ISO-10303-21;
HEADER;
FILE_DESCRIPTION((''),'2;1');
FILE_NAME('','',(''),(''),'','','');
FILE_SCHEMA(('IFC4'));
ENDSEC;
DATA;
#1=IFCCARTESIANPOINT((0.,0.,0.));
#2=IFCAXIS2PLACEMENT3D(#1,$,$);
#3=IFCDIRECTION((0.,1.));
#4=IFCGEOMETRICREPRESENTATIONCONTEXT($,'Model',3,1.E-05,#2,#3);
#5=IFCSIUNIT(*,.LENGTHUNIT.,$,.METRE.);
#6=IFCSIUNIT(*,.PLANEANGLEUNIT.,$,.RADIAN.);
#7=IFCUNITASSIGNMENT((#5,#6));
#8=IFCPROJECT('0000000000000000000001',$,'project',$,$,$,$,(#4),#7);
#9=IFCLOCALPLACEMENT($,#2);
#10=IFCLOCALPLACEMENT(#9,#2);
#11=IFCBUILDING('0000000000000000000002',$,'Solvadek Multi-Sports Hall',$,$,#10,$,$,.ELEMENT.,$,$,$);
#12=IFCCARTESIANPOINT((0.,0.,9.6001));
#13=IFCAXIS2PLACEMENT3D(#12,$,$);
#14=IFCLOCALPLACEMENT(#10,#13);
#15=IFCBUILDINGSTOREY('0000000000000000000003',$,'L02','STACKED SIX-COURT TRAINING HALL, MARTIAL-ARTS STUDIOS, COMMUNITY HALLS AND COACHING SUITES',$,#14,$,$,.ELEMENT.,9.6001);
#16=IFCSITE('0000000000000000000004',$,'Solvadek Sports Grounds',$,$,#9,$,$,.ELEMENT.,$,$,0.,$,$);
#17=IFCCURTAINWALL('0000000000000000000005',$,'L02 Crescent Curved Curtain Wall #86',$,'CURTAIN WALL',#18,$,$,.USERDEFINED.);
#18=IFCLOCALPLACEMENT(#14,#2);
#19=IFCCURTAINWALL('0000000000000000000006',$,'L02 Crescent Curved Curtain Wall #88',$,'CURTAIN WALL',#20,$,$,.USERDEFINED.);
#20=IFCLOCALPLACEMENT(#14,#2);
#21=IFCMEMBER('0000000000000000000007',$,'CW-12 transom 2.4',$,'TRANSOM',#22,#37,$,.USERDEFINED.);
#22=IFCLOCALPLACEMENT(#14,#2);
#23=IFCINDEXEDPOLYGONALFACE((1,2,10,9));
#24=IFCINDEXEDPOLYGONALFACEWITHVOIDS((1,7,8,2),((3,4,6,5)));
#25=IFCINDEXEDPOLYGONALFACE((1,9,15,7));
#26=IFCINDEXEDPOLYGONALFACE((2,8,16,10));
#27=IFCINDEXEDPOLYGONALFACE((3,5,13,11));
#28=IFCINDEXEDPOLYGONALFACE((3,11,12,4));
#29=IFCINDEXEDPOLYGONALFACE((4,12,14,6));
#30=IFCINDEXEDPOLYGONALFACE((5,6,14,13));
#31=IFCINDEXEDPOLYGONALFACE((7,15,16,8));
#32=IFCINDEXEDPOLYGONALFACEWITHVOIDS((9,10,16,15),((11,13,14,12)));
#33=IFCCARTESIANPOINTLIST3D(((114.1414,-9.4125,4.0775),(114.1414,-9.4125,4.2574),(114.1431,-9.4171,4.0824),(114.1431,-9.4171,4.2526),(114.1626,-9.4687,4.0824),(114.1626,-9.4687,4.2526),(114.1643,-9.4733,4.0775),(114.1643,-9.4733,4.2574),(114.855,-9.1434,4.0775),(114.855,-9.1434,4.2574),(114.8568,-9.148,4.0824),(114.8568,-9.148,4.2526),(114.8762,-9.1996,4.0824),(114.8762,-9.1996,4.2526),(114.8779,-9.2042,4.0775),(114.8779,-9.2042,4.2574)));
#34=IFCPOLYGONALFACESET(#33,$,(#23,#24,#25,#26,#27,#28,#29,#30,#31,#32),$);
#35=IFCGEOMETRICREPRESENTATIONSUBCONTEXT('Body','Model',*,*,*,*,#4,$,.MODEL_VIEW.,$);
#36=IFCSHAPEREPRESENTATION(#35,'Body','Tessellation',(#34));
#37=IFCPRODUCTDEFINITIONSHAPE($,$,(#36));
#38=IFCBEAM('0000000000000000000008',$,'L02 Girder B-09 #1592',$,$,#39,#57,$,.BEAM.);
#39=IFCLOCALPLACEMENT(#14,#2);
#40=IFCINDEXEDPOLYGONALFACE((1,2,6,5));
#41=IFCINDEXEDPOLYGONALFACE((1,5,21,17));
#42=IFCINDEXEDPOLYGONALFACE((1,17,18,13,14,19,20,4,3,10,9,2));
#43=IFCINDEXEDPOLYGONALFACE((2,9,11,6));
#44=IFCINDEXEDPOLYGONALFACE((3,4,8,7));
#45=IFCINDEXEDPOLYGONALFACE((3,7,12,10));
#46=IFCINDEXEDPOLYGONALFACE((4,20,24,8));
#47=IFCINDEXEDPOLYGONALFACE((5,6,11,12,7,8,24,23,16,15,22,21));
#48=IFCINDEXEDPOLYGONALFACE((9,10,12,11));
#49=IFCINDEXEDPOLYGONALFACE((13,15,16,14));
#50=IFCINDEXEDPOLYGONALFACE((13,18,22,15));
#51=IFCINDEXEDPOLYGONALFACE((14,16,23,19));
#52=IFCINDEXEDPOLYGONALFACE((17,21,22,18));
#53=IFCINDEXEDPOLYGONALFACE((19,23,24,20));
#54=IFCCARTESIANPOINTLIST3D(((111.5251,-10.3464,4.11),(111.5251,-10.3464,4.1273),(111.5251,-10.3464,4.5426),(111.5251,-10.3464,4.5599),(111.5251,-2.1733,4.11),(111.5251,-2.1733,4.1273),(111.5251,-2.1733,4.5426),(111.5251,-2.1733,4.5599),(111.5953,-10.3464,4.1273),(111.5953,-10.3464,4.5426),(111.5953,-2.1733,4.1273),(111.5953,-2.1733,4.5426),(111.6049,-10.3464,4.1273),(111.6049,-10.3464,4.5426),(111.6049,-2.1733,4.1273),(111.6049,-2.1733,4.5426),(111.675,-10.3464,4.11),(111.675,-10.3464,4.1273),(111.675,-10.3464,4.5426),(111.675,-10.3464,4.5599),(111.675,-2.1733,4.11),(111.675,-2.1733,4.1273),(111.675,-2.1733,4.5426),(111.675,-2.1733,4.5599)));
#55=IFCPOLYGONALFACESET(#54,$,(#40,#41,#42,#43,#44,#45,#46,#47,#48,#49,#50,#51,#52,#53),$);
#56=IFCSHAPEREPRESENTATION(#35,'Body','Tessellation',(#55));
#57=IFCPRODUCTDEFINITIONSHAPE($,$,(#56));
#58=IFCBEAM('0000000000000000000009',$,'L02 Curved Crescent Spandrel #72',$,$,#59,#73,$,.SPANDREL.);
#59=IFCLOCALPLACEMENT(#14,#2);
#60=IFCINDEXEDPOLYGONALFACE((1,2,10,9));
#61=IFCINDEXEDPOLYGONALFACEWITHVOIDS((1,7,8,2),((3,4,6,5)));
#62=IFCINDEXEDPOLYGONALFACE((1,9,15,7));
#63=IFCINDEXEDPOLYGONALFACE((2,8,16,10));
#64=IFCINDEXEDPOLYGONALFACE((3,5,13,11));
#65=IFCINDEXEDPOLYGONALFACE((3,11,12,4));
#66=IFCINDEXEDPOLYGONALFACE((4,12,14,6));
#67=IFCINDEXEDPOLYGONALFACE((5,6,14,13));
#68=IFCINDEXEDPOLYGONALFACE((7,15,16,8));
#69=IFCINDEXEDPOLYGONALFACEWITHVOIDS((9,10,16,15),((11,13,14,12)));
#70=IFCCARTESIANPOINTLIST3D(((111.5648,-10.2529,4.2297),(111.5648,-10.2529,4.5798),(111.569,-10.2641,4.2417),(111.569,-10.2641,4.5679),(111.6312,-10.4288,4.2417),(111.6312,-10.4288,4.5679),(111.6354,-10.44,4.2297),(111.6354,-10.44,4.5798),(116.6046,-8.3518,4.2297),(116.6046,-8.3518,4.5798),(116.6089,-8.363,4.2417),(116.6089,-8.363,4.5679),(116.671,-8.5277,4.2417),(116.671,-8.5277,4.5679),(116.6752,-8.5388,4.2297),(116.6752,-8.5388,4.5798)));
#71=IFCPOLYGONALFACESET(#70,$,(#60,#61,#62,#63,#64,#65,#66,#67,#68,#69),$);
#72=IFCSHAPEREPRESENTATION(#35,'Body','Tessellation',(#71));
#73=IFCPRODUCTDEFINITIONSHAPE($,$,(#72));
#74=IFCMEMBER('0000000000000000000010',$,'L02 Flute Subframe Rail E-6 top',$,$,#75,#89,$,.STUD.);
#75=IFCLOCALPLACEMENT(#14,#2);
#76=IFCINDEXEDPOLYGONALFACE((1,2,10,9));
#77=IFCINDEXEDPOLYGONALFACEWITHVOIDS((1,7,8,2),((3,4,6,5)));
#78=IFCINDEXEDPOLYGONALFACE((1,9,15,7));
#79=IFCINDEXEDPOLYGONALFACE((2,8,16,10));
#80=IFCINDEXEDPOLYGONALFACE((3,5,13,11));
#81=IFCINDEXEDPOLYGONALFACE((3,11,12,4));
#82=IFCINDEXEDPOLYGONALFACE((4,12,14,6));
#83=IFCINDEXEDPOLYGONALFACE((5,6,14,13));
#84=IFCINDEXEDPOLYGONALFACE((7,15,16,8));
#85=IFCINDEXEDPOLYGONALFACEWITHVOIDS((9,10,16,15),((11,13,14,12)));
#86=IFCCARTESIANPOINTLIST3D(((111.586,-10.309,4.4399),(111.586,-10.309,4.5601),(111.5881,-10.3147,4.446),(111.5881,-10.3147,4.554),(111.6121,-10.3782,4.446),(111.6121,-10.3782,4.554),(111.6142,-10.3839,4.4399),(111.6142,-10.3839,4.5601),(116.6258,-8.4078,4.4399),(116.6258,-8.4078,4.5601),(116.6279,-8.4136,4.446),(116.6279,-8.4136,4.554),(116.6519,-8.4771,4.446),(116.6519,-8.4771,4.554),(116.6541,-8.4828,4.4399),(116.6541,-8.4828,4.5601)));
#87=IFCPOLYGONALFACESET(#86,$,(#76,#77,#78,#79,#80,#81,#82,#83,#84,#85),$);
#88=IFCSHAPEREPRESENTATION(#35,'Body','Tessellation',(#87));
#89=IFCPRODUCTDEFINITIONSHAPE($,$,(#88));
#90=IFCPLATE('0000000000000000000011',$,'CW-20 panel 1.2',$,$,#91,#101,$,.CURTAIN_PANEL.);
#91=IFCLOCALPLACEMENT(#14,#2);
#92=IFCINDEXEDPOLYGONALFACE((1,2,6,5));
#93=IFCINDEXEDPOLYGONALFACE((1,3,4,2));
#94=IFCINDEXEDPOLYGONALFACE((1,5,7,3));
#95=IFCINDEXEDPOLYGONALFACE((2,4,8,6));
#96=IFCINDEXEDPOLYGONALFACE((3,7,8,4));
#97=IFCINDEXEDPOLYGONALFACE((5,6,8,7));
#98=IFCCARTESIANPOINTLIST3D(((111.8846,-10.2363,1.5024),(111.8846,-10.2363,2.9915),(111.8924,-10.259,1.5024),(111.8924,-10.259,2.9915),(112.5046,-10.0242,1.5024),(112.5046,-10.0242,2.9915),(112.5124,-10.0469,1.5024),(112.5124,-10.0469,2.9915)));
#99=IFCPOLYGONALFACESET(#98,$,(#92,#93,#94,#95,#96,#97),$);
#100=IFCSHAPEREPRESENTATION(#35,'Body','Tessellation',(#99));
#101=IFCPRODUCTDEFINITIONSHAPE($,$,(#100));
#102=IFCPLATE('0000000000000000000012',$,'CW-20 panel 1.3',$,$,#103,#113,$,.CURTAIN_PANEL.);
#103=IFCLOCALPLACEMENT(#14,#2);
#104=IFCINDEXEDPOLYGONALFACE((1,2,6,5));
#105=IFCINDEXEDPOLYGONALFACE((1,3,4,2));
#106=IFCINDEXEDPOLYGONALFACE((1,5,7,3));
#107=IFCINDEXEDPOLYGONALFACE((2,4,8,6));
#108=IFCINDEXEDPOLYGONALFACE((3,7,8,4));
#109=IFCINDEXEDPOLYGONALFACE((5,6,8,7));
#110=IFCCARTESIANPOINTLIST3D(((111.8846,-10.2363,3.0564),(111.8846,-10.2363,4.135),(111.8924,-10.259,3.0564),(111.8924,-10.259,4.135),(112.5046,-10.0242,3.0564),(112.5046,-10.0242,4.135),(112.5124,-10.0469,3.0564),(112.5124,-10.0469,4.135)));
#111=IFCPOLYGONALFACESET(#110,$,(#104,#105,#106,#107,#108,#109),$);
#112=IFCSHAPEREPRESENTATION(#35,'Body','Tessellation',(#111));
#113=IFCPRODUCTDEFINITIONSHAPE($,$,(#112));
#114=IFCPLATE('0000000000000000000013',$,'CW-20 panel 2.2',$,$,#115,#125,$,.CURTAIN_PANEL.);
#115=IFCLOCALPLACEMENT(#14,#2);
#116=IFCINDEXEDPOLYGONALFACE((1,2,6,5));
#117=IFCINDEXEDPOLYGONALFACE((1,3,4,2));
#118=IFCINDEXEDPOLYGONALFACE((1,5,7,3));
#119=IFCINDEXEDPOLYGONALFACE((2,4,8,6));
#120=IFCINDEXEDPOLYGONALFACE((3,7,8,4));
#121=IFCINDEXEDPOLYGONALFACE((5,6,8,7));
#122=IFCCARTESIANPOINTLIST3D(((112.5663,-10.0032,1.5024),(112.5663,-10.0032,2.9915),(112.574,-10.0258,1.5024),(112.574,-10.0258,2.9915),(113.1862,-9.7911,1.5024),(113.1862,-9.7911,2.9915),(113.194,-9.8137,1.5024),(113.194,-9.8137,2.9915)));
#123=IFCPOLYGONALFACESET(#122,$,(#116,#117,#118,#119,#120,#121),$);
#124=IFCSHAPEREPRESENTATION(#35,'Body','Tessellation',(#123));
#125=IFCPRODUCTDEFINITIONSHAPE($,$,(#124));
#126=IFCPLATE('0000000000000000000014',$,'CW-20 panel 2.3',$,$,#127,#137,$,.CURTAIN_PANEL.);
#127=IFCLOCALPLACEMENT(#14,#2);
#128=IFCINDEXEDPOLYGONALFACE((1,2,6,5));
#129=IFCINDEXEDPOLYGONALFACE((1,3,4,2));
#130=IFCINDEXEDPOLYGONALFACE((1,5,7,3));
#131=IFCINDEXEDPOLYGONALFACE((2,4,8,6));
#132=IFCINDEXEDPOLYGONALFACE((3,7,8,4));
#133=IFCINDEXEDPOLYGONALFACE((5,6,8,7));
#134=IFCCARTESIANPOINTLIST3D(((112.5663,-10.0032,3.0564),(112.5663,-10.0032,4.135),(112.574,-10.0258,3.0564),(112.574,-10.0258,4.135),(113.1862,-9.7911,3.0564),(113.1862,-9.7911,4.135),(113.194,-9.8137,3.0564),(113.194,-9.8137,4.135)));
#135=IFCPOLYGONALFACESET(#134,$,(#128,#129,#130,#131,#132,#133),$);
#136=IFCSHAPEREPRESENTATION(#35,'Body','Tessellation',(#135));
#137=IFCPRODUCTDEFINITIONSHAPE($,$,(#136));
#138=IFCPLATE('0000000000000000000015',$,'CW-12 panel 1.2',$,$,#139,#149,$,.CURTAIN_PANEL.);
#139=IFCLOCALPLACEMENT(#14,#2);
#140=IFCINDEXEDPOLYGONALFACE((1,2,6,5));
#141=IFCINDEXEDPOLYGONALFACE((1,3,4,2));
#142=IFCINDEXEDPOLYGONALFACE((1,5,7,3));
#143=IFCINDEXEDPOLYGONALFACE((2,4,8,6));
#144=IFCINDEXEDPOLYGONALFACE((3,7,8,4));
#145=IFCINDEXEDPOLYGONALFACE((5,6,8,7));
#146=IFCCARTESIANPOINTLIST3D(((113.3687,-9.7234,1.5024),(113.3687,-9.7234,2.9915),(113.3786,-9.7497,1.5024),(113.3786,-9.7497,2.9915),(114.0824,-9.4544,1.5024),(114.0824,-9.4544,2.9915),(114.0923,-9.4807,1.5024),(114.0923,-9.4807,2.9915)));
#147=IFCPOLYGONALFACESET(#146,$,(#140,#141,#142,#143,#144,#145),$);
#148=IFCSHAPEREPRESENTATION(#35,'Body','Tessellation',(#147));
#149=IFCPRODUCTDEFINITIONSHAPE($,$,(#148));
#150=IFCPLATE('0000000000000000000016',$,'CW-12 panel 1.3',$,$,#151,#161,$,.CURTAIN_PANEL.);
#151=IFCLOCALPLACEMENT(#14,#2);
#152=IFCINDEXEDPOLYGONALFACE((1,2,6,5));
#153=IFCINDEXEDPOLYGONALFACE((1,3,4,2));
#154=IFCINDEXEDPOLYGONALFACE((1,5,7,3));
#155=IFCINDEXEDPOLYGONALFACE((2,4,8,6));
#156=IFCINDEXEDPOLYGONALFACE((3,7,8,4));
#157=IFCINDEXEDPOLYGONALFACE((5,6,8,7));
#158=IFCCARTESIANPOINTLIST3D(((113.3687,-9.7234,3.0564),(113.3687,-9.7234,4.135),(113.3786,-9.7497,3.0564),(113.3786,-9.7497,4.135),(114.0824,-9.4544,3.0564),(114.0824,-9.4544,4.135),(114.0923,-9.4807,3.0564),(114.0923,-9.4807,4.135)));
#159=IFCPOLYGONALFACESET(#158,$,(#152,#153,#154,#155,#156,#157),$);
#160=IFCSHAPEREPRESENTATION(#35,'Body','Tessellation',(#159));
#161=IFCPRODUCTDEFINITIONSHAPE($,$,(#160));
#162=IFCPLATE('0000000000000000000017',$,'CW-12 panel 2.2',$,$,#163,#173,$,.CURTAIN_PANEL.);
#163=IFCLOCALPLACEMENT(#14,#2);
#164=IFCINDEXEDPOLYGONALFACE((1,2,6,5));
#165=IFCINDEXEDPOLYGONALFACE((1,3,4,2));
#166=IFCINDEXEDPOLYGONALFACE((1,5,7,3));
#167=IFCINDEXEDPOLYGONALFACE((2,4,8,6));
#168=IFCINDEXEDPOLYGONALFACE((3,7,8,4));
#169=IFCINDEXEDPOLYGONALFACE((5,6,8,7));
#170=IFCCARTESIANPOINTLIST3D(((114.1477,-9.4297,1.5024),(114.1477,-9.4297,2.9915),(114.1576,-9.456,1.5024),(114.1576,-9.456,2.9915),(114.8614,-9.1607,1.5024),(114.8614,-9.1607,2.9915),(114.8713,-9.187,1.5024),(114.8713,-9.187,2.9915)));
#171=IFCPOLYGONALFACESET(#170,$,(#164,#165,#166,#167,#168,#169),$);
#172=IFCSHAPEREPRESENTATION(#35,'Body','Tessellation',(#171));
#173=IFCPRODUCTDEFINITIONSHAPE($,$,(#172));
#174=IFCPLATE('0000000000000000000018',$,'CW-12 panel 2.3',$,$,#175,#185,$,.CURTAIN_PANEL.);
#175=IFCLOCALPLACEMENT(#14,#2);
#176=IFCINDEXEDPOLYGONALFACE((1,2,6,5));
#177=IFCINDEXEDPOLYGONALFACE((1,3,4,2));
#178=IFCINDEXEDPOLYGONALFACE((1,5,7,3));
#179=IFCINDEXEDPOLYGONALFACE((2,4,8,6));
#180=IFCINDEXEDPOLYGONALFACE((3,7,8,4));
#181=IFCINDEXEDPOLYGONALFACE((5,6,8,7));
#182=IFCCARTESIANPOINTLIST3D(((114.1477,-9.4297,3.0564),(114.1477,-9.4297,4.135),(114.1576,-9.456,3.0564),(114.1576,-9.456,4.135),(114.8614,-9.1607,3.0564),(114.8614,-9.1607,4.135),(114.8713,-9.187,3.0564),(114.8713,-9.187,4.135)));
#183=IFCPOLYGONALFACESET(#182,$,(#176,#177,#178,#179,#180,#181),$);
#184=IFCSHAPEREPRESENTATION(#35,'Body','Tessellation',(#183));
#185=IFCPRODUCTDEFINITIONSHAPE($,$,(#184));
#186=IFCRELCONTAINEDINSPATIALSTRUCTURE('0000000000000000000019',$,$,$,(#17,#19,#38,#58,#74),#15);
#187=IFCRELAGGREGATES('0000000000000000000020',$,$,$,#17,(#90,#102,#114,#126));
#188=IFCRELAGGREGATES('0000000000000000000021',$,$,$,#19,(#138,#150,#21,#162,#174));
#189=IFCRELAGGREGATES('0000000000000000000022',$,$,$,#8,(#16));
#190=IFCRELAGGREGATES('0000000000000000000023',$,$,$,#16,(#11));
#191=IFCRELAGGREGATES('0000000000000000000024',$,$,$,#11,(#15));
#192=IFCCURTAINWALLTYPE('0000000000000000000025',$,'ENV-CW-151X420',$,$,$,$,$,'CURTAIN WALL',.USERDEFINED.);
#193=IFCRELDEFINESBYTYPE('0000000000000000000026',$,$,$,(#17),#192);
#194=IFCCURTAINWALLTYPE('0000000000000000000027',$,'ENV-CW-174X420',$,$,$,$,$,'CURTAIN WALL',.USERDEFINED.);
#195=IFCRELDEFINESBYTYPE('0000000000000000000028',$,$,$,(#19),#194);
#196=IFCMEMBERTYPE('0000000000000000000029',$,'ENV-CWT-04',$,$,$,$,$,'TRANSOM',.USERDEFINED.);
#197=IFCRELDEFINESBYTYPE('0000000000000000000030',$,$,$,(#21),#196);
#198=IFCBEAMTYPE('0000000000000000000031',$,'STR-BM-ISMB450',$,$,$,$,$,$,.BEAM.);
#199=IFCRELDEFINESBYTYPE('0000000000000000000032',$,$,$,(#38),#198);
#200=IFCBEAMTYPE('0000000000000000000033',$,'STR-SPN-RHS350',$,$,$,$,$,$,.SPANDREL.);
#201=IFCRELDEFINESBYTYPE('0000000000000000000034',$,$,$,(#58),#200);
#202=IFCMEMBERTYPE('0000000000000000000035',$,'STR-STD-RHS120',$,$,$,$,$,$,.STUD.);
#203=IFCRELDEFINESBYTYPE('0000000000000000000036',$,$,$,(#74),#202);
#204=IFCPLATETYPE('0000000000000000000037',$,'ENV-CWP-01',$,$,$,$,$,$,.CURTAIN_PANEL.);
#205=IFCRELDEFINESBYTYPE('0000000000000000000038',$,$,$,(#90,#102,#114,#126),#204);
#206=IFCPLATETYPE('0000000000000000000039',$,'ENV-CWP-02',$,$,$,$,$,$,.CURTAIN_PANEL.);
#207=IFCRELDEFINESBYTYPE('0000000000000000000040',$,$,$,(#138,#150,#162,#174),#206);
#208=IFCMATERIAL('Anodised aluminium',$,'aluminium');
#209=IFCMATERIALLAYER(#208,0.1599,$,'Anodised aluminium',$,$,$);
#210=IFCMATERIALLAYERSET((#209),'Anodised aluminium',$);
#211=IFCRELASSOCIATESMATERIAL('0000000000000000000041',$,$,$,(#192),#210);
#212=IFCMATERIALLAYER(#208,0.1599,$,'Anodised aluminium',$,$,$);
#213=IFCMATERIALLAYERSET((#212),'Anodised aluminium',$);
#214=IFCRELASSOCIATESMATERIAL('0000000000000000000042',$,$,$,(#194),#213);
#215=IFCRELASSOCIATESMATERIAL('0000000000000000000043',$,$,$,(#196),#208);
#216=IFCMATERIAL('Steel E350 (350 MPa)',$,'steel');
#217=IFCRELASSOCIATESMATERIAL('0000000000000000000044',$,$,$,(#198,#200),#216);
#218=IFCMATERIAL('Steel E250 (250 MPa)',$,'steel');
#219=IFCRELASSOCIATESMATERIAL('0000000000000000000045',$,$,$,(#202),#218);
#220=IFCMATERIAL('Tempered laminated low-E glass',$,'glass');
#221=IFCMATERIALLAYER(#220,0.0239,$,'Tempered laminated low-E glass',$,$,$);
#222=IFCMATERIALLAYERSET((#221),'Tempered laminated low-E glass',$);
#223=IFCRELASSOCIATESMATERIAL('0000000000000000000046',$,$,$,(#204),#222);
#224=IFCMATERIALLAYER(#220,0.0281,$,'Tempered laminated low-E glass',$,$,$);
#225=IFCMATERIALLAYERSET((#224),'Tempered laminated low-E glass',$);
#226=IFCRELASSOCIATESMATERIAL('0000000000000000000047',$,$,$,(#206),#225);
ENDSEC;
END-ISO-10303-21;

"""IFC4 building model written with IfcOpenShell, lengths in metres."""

from ifc_helpers import new_model, si_unit, direction, frame, origin, origin_2d, place, context, subcontext, project, spatial, rectangle, hollow_rectangle, i_section, extrude, material, layer, layer_set, material_profile, profile_set, type_object, element, aggregate, save


model = new_model("IFC4")

# Units and contexts
model_context = context("Model", 3, precision=1e-05, world=origin(), true_north=direction((0.0, 1.0)))
body_context = subcontext(model_context, "Body", "Model", "MODEL_VIEW")
ifc_project = project(units=[si_unit("LENGTHUNIT", "METRE"), si_unit("PLANEANGLEUNIT", "RADIAN")], contexts=[model_context])

# Site, building, storey
site_placement = place(None, origin())
site = spatial("IfcSite", under=ifc_project, at=site_placement, Name="Solvadek Sports Grounds", CompositionType="ELEMENT", RefElevation=0.0)
building_placement = place(site_placement, origin())
building = spatial("IfcBuilding", under=site, at=building_placement, Name="Solvadek Multi-Sports Hall", CompositionType="ELEMENT")
storey_placement = place(building_placement, frame((0.0, 0.0, 9.6001)))
storey = spatial("IfcBuildingStorey", under=building, at=storey_placement, Name="L02", Description="STACKED SIX-COURT TRAINING HALL, MARTIAL-ARTS STUDIOS, COMMUNITY HALLS AND COACHING SUITES", CompositionType="ELEMENT", Elevation=9.6001)

# Curtain walls, member
ifc_material_1 = material(Name="Anodised aluminium", Category="aluminium")
ifc_layer_1 = layer(ifc_material_1, 0.1599, Name="Anodised aluminium")
ifc_layer_set_1 = layer_set([ifc_layer_1], Name="Anodised aluminium")
curtain_wall_type_1 = type_object("IfcCurtainWallType", Name="ENV-CW-151X420", ElementType="CURTAIN WALL", PredefinedType="USERDEFINED", material=ifc_layer_set_1)
curtain_wall_1_placement = place(storey_placement, origin())
curtain_wall_1 = element("IfcCurtainWall", 1, at=curtain_wall_1_placement, inside=storey, type_object=curtain_wall_type_1, Name="L02 Crescent Curved Curtain Wall #86", ObjectType="CURTAIN WALL", PredefinedType="USERDEFINED")
ifc_layer_2 = layer(ifc_material_1, 0.1599, Name="Anodised aluminium")
ifc_layer_set_2 = layer_set([ifc_layer_2], Name="Anodised aluminium")
curtain_wall_type_2 = type_object("IfcCurtainWallType", Name="ENV-CW-174X420", ElementType="CURTAIN WALL", PredefinedType="USERDEFINED", material=ifc_layer_set_2)
curtain_wall_2_placement = place(storey_placement, origin())
curtain_wall_2 = element("IfcCurtainWall", 2, at=curtain_wall_2_placement, inside=storey, type_object=curtain_wall_type_2, Name="L02 Crescent Curved Curtain Wall #88", ObjectType="CURTAIN WALL", PredefinedType="USERDEFINED")
ifc_material_profile_1 = material_profile(ifc_material_1, hollow_rectangle(XDim=0.0649, YDim=0.1799, WallThickness=0.0049, at=origin_2d()), Name="ALU-T 180x65x5")
ifc_profile_set_1 = profile_set([ifc_material_profile_1], Name="Anodised aluminium")
member_type_1 = type_object("IfcMemberType", Name="ENV-CWT-04", ElementType="TRANSOM", PredefinedType="USERDEFINED", material=ifc_profile_set_1)
member_1_placement = place(storey_placement, frame((114.1528, -9.4429, 4.1675), z_axis=(0.935709, 0.352772, 0.0), x_axis=(-0.352772, 0.935709, 0.0)))
member_1 = element("IfcMember", 3, at=member_1_placement, type_object=member_type_1, Name="CW-12 transom 2.4", ObjectType="TRANSOM", PredefinedType="USERDEFINED", context=body_context, shape_type="SweptSolid", body=[
    extrude(hollow_rectangle(XDim=0.0649, YDim=0.1799, WallThickness=0.0049, at=origin_2d()), origin(), (0.0, 0.0, 1.0), 0.7627),
])

# Beams
ifc_material_2 = material(Name="Steel E350 (350 MPa)", Category="steel")
ifc_material_profile_2 = material_profile(ifc_material_2, i_section(OverallWidth=0.1499, OverallDepth=0.45, WebThickness=0.0095, FlangeThickness=0.0173, at=origin_2d()), Name="ISMB 450")
ifc_profile_set_2 = profile_set([ifc_material_profile_2], Name="Steel E350 (350 MPa)")
beam_type_1 = type_object("IfcBeamType", Name="STR-BM-ISMB450", PredefinedType="BEAM", material=ifc_profile_set_2)
beam_1_placement = place(storey_placement, frame((111.6001, -10.3464, 4.335), z_axis=(0.0, 1.0, 0.0), x_axis=(-1.0, 0.0, 0.0)))
element("IfcBeam", 4, at=beam_1_placement, inside=storey, type_object=beam_type_1, Name="L02 Girder B-09 #1592", PredefinedType="BEAM", context=body_context, shape_type="SweptSolid", body=[
    extrude(i_section(OverallWidth=0.1499, OverallDepth=0.45, WebThickness=0.0095, FlangeThickness=0.0173, at=origin_2d()), origin(), (0.0, 0.0, 1.0), 8.1731),
])
ifc_material_profile_3 = material_profile(ifc_material_2, hollow_rectangle(XDim=0.2, YDim=0.3501, WallThickness=0.012, at=origin_2d()), Name="RHS 350x200x12")
ifc_profile_set_3 = profile_set([ifc_material_profile_3], Name="Steel E350 (350 MPa)")
beam_type_2 = type_object("IfcBeamType", Name="STR-SPN-RHS350", PredefinedType="SPANDREL", material=ifc_profile_set_3)
beam_2_placement = place(storey_placement, frame((111.6001, -10.3464, 4.4048), z_axis=(0.935644, 0.352946, 0.0), x_axis=(-0.352946, 0.935644, 0.0)))
element("IfcBeam", 5, at=beam_2_placement, inside=storey, type_object=beam_type_2, Name="L02 Curved Crescent Spandrel #72", PredefinedType="SPANDREL", context=body_context, shape_type="SweptSolid", body=[
    extrude(hollow_rectangle(XDim=0.2, YDim=0.3501, WallThickness=0.012, at=origin_2d()), origin(), (0.0, 0.0, 1.0), 5.3865),
])

# Member
ifc_material_3 = material(Name="Steel E250 (250 MPa)", Category="steel")
ifc_material_profile_4 = material_profile(ifc_material_3, hollow_rectangle(XDim=0.0801, YDim=0.1201, WallThickness=0.0061, at=origin_2d()), Name="RHS 120x80x6")
ifc_profile_set_4 = profile_set([ifc_material_profile_4], Name="Steel E250 (250 MPa)")
member_type_2 = type_object("IfcMemberType", Name="STR-STD-RHS120", PredefinedType="STUD", material=ifc_profile_set_4)
member_2_placement = place(storey_placement, frame((111.6001, -10.3464, 4.5), z_axis=(0.935644, 0.352946, 0.0), x_axis=(-0.352946, 0.935644, 0.0)))
element("IfcMember", 6, at=member_2_placement, inside=storey, type_object=member_type_2, Name="L02 Flute Subframe Rail E-6 top", PredefinedType="STUD", context=body_context, shape_type="SweptSolid", body=[
    extrude(hollow_rectangle(XDim=0.0801, YDim=0.1201, WallThickness=0.0061, at=origin_2d()), origin(), (0.0, 0.0, 1.0), 5.3865),
])

# Plates
ifc_material_4 = material(Name="Tempered laminated low-E glass", Category="glass")
ifc_layer_3 = layer(ifc_material_4, 0.0239, Name="Tempered laminated low-E glass")
ifc_layer_set_3 = layer_set([ifc_layer_3], Name="Tempered laminated low-E glass")
plate_type_1 = type_object("IfcPlateType", Name="ENV-CWP-01", PredefinedType="CURTAIN_PANEL", material=ifc_layer_set_3)
plate_1_placement = place(storey_placement, frame((112.1985, -10.1416, 1.5024), z_axis=(0.0, 0.0, 1.0), x_axis=(0.94615, 0.32373, 0.0)))
plate_1 = element("IfcPlate", 7, at=plate_1_placement, type_object=plate_type_1, Name="CW-20 panel 1.2", PredefinedType="CURTAIN_PANEL", context=body_context, shape_type="SweptSolid", body=[
    extrude(rectangle(XDim=0.6553, YDim=0.0239, at=origin_2d()), origin(), (0.0, 0.0, 1.0), 1.489),
])
plate_2_placement = place(storey_placement, frame((112.1985, -10.1416, 3.0564), z_axis=(0.0, 0.0, 1.0), x_axis=(0.94615, 0.32373, 0.0)))
plate_2 = element("IfcPlate", 8, at=plate_2_placement, type_object=plate_type_1, Name="CW-20 panel 1.3", PredefinedType="CURTAIN_PANEL", context=body_context, shape_type="SweptSolid", body=[
    extrude(rectangle(XDim=0.6553, YDim=0.0239, at=origin_2d()), origin(), (0.0, 0.0, 1.0), 1.0786),
])
plate_3_placement = place(storey_placement, frame((112.8801, -9.9084, 1.5024), z_axis=(0.0, 0.0, 1.0), x_axis=(0.94615, 0.32373, 0.0)))
plate_3 = element("IfcPlate", 9, at=plate_3_placement, type_object=plate_type_1, Name="CW-20 panel 2.2", PredefinedType="CURTAIN_PANEL", context=body_context, shape_type="SweptSolid", body=[
    extrude(rectangle(XDim=0.6553, YDim=0.0239, at=origin_2d()), origin(), (0.0, 0.0, 1.0), 1.489),
])
plate_4_placement = place(storey_placement, frame((112.8801, -9.9084, 3.0564), z_axis=(0.0, 0.0, 1.0), x_axis=(0.94615, 0.32373, 0.0)))
plate_4 = element("IfcPlate", 10, at=plate_4_placement, type_object=plate_type_1, Name="CW-20 panel 2.3", PredefinedType="CURTAIN_PANEL", context=body_context, shape_type="SweptSolid", body=[
    extrude(rectangle(XDim=0.6553, YDim=0.0239, at=origin_2d()), origin(), (0.0, 0.0, 1.0), 1.0786),
])
aggregate(curtain_wall_1, [plate_1, plate_2, plate_3, plate_4])
ifc_layer_4 = layer(ifc_material_4, 0.0281, Name="Tempered laminated low-E glass")
ifc_layer_set_4 = layer_set([ifc_layer_4], Name="Tempered laminated low-E glass")
plate_type_2 = type_object("IfcPlateType", Name="ENV-CWP-02", PredefinedType="CURTAIN_PANEL", material=ifc_layer_set_4)
plate_5_placement = place(storey_placement, frame((113.7305, -9.6021, 1.5024), z_axis=(0.0, 0.0, 1.0), x_axis=(0.935764, 0.352626, 0.0)))
plate_5 = element("IfcPlate", 11, at=plate_5_placement, type_object=plate_type_2, Name="CW-12 panel 1.2", PredefinedType="CURTAIN_PANEL", context=body_context, shape_type="SweptSolid", body=[
    extrude(rectangle(XDim=0.7627, YDim=0.0281, at=origin_2d()), origin(), (0.0, 0.0, 1.0), 1.489),
])
plate_6_placement = place(storey_placement, frame((113.7305, -9.6021, 3.0564), z_axis=(0.0, 0.0, 1.0), x_axis=(0.935764, 0.352626, 0.0)))
plate_6 = element("IfcPlate", 12, at=plate_6_placement, type_object=plate_type_2, Name="CW-12 panel 1.3", PredefinedType="CURTAIN_PANEL", context=body_context, shape_type="SweptSolid", body=[
    extrude(rectangle(XDim=0.7627, YDim=0.0281, at=origin_2d()), origin(), (0.0, 0.0, 1.0), 1.0786),
])
plate_7_placement = place(storey_placement, frame((114.5095, -9.3083, 1.5024), z_axis=(0.0, 0.0, 1.0), x_axis=(0.935764, 0.352626, 0.0)))
plate_7 = element("IfcPlate", 13, at=plate_7_placement, type_object=plate_type_2, Name="CW-12 panel 2.2", PredefinedType="CURTAIN_PANEL", context=body_context, shape_type="SweptSolid", body=[
    extrude(rectangle(XDim=0.7627, YDim=0.0281, at=origin_2d()), origin(), (0.0, 0.0, 1.0), 1.489),
])
plate_8_placement = place(storey_placement, frame((114.5095, -9.3083, 3.0564), z_axis=(0.0, 0.0, 1.0), x_axis=(0.935764, 0.352626, 0.0)))
plate_8 = element("IfcPlate", 14, at=plate_8_placement, type_object=plate_type_2, Name="CW-12 panel 2.3", PredefinedType="CURTAIN_PANEL", context=body_context, shape_type="SweptSolid", body=[
    extrude(rectangle(XDim=0.7627, YDim=0.0281, at=origin_2d()), origin(), (0.0, 0.0, 1.0), 1.0786),
])
aggregate(curtain_wall_2, [plate_5, plate_6, member_1, plate_7, plate_8])

save(model, "model.ifc")
